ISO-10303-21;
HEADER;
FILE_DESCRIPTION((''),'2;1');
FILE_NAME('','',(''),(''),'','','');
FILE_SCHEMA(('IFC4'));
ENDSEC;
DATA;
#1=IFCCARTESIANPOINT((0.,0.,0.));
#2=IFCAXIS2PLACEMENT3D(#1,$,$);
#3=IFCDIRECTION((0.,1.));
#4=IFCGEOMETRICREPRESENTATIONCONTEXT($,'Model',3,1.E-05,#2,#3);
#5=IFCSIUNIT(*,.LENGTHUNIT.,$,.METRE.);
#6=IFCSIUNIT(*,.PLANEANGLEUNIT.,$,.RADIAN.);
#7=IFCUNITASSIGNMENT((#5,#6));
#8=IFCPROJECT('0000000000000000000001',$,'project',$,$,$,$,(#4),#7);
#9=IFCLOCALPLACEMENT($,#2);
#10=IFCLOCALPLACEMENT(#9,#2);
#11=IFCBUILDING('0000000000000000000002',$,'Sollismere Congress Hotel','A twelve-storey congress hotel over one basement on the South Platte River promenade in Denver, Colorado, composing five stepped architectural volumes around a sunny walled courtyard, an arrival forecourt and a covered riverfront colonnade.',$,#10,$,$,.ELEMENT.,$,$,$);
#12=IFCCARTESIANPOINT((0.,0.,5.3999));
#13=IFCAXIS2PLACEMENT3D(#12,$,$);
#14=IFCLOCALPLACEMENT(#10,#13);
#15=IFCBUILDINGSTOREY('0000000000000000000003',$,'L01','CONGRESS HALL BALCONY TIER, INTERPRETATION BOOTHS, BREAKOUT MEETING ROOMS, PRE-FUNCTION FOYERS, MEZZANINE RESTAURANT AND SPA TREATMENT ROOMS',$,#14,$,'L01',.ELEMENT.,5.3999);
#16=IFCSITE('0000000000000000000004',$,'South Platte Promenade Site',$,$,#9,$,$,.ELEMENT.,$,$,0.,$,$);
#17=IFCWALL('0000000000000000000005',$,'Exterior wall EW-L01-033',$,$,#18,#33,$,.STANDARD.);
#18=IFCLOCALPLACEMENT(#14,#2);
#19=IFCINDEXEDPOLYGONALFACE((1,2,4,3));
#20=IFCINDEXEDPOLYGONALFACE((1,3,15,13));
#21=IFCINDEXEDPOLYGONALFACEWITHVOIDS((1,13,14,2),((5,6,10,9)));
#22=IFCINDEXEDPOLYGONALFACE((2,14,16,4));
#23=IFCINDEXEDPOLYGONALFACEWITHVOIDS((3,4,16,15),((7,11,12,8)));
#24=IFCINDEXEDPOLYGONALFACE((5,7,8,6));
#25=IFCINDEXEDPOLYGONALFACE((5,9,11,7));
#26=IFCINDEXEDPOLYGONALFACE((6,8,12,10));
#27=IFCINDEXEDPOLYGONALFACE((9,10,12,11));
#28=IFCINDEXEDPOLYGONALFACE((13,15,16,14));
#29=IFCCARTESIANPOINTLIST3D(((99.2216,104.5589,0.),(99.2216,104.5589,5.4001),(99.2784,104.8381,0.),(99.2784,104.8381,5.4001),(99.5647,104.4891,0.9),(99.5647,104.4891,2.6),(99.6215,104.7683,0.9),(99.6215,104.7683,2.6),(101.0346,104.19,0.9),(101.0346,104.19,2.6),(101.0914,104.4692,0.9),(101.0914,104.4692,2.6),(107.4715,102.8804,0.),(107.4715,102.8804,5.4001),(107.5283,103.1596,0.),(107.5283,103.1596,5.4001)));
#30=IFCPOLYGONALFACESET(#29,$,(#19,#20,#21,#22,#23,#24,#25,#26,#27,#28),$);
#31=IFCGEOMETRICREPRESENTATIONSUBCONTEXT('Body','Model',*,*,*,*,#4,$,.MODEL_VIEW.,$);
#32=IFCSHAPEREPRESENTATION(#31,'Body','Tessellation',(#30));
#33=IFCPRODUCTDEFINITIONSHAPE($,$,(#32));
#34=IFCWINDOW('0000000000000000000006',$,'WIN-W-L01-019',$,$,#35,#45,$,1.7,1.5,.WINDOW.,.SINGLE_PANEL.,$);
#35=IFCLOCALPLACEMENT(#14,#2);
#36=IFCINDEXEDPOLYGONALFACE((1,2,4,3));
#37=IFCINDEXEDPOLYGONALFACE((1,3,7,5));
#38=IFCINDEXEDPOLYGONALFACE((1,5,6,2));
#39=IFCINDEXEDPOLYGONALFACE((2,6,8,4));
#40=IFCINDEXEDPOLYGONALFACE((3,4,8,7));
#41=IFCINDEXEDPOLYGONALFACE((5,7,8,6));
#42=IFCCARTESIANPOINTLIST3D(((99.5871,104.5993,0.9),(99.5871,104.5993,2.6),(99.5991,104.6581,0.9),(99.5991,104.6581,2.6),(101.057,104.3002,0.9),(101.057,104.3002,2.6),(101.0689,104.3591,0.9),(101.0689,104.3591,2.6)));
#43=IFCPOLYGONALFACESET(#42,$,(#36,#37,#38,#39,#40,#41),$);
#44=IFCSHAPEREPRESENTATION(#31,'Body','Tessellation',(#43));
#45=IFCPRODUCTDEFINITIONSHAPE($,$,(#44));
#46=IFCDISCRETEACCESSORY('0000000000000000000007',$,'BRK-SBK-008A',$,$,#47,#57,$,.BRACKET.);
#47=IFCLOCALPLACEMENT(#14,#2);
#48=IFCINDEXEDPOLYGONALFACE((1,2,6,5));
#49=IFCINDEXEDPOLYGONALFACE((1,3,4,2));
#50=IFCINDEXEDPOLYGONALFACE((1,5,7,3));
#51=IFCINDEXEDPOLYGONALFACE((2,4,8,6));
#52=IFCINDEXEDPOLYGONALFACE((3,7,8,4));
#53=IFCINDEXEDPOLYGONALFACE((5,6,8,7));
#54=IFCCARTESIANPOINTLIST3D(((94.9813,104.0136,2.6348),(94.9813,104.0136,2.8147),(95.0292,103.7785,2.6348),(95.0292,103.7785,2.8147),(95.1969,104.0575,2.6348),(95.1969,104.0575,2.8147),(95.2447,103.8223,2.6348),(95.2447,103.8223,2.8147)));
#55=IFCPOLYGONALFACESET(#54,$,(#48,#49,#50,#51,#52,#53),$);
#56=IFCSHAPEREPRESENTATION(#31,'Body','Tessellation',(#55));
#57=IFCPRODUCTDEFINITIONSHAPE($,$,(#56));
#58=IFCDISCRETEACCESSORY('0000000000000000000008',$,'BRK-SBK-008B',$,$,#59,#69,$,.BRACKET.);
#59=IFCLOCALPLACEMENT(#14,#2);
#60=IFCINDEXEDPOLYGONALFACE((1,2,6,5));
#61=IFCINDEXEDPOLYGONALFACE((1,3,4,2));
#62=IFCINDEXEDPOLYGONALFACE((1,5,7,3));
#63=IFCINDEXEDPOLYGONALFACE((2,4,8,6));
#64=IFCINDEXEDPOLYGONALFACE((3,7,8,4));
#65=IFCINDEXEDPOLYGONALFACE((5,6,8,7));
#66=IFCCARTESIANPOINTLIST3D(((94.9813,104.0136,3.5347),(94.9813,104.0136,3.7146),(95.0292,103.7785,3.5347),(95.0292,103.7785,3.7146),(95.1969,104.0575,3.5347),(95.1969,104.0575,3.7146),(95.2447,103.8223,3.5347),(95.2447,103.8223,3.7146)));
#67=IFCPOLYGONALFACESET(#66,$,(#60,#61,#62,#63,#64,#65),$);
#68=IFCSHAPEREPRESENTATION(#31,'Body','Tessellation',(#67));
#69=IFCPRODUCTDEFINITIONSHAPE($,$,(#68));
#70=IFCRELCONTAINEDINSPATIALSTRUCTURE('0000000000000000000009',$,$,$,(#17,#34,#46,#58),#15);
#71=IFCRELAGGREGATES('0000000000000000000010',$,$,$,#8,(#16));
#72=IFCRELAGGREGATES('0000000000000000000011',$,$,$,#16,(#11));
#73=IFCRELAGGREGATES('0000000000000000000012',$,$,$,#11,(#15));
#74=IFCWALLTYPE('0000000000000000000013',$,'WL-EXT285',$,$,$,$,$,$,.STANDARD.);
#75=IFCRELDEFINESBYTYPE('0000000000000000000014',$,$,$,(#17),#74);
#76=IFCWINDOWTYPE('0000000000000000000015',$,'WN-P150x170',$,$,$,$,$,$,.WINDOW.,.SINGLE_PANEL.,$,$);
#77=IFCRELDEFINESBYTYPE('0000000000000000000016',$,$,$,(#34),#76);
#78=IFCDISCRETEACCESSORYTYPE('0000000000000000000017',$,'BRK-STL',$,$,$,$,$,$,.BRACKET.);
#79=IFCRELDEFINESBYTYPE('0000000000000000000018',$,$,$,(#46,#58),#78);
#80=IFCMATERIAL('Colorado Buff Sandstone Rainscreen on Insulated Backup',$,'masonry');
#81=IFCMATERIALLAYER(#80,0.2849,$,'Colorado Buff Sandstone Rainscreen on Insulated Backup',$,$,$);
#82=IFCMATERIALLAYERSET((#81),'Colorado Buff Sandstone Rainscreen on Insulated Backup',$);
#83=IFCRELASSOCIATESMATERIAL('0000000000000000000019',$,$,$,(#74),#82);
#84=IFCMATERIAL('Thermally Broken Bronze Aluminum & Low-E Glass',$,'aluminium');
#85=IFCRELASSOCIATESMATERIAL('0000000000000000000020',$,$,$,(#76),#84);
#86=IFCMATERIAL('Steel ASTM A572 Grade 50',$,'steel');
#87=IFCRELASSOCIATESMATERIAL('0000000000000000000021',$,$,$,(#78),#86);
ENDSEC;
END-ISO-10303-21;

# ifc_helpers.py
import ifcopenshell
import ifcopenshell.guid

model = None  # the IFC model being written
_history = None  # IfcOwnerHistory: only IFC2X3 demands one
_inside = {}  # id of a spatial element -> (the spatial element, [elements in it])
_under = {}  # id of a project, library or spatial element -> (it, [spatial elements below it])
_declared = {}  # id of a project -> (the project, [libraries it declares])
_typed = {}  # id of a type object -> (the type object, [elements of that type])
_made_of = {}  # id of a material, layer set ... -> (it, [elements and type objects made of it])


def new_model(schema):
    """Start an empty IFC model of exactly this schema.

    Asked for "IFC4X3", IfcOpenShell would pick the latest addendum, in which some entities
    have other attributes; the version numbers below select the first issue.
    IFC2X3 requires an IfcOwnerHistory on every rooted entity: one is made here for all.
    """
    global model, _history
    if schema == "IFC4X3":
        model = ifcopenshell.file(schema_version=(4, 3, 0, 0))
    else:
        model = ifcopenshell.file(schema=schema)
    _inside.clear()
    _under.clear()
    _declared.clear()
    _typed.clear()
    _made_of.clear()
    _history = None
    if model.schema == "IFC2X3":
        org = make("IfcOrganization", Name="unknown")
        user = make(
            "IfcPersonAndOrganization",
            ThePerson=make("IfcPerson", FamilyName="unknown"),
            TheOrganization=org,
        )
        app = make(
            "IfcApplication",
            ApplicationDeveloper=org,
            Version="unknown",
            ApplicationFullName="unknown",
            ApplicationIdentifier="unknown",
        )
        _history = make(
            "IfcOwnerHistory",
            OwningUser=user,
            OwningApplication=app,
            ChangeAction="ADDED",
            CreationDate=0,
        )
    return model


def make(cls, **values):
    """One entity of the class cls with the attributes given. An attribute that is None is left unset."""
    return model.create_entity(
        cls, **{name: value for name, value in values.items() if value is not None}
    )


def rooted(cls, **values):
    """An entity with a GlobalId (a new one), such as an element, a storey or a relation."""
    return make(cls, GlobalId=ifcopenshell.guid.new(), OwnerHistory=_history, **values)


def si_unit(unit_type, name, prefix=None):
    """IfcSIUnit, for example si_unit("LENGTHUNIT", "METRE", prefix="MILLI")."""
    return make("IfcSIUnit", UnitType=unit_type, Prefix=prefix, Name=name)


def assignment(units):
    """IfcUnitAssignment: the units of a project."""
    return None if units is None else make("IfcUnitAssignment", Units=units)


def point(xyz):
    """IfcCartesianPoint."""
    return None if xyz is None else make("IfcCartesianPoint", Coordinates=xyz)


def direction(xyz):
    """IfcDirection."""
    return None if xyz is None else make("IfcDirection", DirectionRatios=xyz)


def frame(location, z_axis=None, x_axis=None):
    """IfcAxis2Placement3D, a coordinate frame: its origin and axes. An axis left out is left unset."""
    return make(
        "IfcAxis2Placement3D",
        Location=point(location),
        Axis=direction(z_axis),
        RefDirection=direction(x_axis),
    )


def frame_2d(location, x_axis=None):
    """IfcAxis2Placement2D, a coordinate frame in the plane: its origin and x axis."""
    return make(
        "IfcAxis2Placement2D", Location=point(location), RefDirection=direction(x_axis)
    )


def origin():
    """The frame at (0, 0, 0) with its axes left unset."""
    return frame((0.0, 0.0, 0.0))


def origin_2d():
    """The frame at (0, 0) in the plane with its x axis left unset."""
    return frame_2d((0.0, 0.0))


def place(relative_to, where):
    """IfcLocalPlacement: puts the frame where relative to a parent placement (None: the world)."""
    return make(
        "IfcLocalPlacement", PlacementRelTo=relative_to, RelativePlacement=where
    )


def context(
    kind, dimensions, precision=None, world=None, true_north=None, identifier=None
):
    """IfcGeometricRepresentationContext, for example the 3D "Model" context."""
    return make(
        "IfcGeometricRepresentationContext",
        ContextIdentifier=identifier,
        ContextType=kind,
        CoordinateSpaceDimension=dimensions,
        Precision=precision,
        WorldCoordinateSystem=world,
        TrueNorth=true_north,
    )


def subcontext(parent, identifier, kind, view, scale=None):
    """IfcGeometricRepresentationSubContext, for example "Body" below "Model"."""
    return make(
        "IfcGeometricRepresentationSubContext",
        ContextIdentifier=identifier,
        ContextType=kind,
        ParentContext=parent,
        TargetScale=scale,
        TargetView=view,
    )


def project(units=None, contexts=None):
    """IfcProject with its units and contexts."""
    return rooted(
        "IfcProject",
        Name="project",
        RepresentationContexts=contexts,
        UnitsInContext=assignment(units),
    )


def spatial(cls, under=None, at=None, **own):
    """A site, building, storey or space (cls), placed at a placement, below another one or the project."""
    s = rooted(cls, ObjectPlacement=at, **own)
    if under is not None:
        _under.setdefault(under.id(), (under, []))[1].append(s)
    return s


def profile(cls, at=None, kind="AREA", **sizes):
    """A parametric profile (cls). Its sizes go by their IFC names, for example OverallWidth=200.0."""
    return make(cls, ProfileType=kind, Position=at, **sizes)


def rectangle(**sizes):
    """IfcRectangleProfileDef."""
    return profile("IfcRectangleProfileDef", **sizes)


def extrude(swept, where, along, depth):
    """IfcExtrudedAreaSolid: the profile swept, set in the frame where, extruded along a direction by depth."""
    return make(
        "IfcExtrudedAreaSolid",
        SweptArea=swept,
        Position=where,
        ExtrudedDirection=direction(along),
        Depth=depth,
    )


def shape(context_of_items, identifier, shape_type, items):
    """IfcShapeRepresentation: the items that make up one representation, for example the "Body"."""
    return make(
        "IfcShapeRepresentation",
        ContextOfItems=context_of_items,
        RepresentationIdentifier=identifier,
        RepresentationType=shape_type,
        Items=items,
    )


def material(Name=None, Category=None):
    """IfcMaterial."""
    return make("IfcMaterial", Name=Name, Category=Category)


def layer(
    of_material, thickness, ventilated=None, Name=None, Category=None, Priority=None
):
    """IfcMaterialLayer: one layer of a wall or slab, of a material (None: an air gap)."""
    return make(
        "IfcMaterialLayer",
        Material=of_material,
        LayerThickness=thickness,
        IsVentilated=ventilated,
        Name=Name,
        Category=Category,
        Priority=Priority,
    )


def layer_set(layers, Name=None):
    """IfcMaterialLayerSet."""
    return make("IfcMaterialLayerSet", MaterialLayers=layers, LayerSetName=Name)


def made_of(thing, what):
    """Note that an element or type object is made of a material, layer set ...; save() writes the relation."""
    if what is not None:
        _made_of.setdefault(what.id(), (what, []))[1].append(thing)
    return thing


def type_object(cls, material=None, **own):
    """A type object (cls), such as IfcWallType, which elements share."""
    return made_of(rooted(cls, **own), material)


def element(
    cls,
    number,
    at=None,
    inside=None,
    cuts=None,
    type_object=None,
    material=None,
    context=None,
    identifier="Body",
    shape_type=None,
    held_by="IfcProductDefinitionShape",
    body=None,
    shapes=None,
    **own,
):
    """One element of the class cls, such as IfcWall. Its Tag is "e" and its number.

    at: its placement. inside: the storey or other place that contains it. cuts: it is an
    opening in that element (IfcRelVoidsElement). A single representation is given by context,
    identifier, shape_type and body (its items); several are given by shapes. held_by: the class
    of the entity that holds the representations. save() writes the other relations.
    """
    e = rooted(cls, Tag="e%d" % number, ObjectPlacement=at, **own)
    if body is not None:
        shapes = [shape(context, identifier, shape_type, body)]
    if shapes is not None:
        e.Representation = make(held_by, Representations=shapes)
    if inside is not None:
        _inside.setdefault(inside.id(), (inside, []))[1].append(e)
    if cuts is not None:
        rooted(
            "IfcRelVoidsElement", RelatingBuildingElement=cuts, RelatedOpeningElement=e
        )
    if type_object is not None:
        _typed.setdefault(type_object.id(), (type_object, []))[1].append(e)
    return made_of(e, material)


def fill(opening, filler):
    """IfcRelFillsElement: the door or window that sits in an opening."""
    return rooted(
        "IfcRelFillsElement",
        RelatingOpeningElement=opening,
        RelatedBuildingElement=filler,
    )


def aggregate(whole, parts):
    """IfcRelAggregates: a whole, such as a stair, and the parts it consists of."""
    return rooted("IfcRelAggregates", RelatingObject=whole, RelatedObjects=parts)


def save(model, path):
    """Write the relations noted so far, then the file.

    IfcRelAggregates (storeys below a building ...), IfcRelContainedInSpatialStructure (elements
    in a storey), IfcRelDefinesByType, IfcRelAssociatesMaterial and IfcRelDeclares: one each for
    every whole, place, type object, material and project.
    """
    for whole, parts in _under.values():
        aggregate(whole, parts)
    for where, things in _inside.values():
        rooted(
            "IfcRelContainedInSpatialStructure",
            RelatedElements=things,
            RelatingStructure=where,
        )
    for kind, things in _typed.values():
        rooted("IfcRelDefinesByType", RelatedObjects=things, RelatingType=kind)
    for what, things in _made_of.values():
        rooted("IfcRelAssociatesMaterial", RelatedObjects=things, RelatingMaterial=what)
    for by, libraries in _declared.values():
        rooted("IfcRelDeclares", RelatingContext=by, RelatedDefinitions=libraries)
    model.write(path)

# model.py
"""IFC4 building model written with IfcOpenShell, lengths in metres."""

from ifc_helpers import new_model, si_unit, direction, frame, frame_2d, origin, origin_2d, place, context, subcontext, project, spatial, rectangle, extrude, material, layer, layer_set, type_object, element, fill, save


model = new_model("IFC4")

# Units and contexts
model_context = context("Model", 3, precision=1e-05, world=origin(), true_north=direction((0.0, 1.0)))
body_context = subcontext(model_context, "Body", "Model", "MODEL_VIEW")
ifc_project = project(units=[si_unit("LENGTHUNIT", "METRE"), si_unit("PLANEANGLEUNIT", "RADIAN")], contexts=[model_context])

# Site, building, storey
site_placement = place(None, origin())
site = spatial("IfcSite", under=ifc_project, at=site_placement, Name="South Platte Promenade Site", CompositionType="ELEMENT", RefElevation=0.0)
building_placement = place(site_placement, origin())
building = spatial("IfcBuilding", under=site, at=building_placement, Name="Sollismere Congress Hotel", Description="A twelve-storey congress hotel over one basement on the South Platte River promenade in Denver, Colorado, composing five stepped architectural volumes around a sunny walled courtyard, an arrival forecourt and a covered riverfront colonnade.", CompositionType="ELEMENT")
storey_placement = place(building_placement, frame((0.0, 0.0, 5.3999)))
storey = spatial("IfcBuildingStorey", under=building, at=storey_placement, Name="L01", Description="CONGRESS HALL BALCONY TIER, INTERPRETATION BOOTHS, BREAKOUT MEETING ROOMS, PRE-FUNCTION FOYERS, MEZZANINE RESTAURANT AND SPA TREATMENT ROOMS", LongName="L01", CompositionType="ELEMENT", Elevation=5.3999)

# Wall, opening, window
ifc_material_1 = material(Name="Colorado Buff Sandstone Rainscreen on Insulated Backup", Category="masonry")
ifc_layer_1 = layer(ifc_material_1, 0.2849, Name="Colorado Buff Sandstone Rainscreen on Insulated Backup")
ifc_layer_set_1 = layer_set([ifc_layer_1], Name="Colorado Buff Sandstone Rainscreen on Insulated Backup")
wall_type = type_object("IfcWallType", Name="WL-EXT285", PredefinedType="STANDARD", material=ifc_layer_set_1)
wall_placement = place(storey_placement, frame((99.25, 104.6985, 0.0), z_axis=(0.0, 0.0, 1.0), x_axis=(0.979925, -0.199366, 0.0)))
wall = element("IfcWall", 1, at=wall_placement, inside=storey, type_object=wall_type, Name="Exterior wall EW-L01-033", PredefinedType="STANDARD", context=body_context, shape_type="SweptSolid", body=[
    extrude(rectangle(XDim=8.4189, YDim=0.2849, at=frame_2d((4.2095, 0.0))), origin(), (0.0, 0.0, 1.0), 5.4001),
])
opening_placement = place(wall_placement, frame((0.3501, 0.0, 0.8999)))
opening = element("IfcOpeningElement", 2, at=opening_placement, cuts=wall, PredefinedType="OPENING", context=body_context, shape_type="SweptSolid", body=[
    extrude(rectangle(XDim=1.5, YDim=1.7, at=frame_2d((0.75, 0.8501))), frame((0.0, 0.1523, 0.0), z_axis=(0.0, -1.0, 0.0), x_axis=(1.0, 0.0, 0.0)), (0.0, 0.0, 1.0), 0.3049),
])
ifc_material_2 = material(Name="Thermally Broken Bronze Aluminum & Low-E Glass", Category="aluminium")
window_type = type_object("IfcWindowType", Name="WN-P150x170", PartitioningType="SINGLE_PANEL", PredefinedType="WINDOW", material=ifc_material_2)
window_placement = place(opening_placement, origin())
window = element("IfcWindow", 3, at=window_placement, inside=storey, type_object=window_type, Name="WIN-W-L01-019", OverallHeight=1.7, OverallWidth=1.5, PartitioningType="SINGLE_PANEL", PredefinedType="WINDOW", context=body_context, shape_type="SweptSolid", body=[
    extrude(rectangle(XDim=1.5, YDim=1.7, at=frame_2d((0.75, 0.8501))), frame((0.0, 0.03, 0.0), z_axis=(0.0, -1.0, 0.0), x_axis=(1.0, 0.0, 0.0)), (0.0, 0.0, 1.0), 0.0601),
])
fill(opening, window)

# Discrete accessories
ifc_material_3 = material(Name="Steel ASTM A572 Grade 50", Category="steel")
discrete_accessory_type = type_object("IfcDiscreteAccessoryType", Name="BRK-STL", PredefinedType="BRACKET", material=ifc_material_3)
for number, where, z_axis, x_axis, name in (
    (4, (95.113, 103.918, 2.6348), (0.0, 0.0, 1.0), (0.979925, 0.199368, 0.0), "BRK-SBK-008A"),
    (5, (95.113, 103.918, 3.5347), (0.0, 0.0, 1.0), (0.979925, 0.199368, 0.0), "BRK-SBK-008B"),
):
    element("IfcDiscreteAccessory", number, at=place(storey_placement, frame(where, z_axis=z_axis, x_axis=x_axis)), inside=storey, type_object=discrete_accessory_type, Name=name, PredefinedType="BRACKET", context=body_context, shape_type="SweptSolid", body=[
        extrude(rectangle(XDim=0.22, YDim=0.24, at=origin_2d()), origin(), (0.0, 0.0, 1.0), 0.1799),
    ])

save(model, "model.ifc")
